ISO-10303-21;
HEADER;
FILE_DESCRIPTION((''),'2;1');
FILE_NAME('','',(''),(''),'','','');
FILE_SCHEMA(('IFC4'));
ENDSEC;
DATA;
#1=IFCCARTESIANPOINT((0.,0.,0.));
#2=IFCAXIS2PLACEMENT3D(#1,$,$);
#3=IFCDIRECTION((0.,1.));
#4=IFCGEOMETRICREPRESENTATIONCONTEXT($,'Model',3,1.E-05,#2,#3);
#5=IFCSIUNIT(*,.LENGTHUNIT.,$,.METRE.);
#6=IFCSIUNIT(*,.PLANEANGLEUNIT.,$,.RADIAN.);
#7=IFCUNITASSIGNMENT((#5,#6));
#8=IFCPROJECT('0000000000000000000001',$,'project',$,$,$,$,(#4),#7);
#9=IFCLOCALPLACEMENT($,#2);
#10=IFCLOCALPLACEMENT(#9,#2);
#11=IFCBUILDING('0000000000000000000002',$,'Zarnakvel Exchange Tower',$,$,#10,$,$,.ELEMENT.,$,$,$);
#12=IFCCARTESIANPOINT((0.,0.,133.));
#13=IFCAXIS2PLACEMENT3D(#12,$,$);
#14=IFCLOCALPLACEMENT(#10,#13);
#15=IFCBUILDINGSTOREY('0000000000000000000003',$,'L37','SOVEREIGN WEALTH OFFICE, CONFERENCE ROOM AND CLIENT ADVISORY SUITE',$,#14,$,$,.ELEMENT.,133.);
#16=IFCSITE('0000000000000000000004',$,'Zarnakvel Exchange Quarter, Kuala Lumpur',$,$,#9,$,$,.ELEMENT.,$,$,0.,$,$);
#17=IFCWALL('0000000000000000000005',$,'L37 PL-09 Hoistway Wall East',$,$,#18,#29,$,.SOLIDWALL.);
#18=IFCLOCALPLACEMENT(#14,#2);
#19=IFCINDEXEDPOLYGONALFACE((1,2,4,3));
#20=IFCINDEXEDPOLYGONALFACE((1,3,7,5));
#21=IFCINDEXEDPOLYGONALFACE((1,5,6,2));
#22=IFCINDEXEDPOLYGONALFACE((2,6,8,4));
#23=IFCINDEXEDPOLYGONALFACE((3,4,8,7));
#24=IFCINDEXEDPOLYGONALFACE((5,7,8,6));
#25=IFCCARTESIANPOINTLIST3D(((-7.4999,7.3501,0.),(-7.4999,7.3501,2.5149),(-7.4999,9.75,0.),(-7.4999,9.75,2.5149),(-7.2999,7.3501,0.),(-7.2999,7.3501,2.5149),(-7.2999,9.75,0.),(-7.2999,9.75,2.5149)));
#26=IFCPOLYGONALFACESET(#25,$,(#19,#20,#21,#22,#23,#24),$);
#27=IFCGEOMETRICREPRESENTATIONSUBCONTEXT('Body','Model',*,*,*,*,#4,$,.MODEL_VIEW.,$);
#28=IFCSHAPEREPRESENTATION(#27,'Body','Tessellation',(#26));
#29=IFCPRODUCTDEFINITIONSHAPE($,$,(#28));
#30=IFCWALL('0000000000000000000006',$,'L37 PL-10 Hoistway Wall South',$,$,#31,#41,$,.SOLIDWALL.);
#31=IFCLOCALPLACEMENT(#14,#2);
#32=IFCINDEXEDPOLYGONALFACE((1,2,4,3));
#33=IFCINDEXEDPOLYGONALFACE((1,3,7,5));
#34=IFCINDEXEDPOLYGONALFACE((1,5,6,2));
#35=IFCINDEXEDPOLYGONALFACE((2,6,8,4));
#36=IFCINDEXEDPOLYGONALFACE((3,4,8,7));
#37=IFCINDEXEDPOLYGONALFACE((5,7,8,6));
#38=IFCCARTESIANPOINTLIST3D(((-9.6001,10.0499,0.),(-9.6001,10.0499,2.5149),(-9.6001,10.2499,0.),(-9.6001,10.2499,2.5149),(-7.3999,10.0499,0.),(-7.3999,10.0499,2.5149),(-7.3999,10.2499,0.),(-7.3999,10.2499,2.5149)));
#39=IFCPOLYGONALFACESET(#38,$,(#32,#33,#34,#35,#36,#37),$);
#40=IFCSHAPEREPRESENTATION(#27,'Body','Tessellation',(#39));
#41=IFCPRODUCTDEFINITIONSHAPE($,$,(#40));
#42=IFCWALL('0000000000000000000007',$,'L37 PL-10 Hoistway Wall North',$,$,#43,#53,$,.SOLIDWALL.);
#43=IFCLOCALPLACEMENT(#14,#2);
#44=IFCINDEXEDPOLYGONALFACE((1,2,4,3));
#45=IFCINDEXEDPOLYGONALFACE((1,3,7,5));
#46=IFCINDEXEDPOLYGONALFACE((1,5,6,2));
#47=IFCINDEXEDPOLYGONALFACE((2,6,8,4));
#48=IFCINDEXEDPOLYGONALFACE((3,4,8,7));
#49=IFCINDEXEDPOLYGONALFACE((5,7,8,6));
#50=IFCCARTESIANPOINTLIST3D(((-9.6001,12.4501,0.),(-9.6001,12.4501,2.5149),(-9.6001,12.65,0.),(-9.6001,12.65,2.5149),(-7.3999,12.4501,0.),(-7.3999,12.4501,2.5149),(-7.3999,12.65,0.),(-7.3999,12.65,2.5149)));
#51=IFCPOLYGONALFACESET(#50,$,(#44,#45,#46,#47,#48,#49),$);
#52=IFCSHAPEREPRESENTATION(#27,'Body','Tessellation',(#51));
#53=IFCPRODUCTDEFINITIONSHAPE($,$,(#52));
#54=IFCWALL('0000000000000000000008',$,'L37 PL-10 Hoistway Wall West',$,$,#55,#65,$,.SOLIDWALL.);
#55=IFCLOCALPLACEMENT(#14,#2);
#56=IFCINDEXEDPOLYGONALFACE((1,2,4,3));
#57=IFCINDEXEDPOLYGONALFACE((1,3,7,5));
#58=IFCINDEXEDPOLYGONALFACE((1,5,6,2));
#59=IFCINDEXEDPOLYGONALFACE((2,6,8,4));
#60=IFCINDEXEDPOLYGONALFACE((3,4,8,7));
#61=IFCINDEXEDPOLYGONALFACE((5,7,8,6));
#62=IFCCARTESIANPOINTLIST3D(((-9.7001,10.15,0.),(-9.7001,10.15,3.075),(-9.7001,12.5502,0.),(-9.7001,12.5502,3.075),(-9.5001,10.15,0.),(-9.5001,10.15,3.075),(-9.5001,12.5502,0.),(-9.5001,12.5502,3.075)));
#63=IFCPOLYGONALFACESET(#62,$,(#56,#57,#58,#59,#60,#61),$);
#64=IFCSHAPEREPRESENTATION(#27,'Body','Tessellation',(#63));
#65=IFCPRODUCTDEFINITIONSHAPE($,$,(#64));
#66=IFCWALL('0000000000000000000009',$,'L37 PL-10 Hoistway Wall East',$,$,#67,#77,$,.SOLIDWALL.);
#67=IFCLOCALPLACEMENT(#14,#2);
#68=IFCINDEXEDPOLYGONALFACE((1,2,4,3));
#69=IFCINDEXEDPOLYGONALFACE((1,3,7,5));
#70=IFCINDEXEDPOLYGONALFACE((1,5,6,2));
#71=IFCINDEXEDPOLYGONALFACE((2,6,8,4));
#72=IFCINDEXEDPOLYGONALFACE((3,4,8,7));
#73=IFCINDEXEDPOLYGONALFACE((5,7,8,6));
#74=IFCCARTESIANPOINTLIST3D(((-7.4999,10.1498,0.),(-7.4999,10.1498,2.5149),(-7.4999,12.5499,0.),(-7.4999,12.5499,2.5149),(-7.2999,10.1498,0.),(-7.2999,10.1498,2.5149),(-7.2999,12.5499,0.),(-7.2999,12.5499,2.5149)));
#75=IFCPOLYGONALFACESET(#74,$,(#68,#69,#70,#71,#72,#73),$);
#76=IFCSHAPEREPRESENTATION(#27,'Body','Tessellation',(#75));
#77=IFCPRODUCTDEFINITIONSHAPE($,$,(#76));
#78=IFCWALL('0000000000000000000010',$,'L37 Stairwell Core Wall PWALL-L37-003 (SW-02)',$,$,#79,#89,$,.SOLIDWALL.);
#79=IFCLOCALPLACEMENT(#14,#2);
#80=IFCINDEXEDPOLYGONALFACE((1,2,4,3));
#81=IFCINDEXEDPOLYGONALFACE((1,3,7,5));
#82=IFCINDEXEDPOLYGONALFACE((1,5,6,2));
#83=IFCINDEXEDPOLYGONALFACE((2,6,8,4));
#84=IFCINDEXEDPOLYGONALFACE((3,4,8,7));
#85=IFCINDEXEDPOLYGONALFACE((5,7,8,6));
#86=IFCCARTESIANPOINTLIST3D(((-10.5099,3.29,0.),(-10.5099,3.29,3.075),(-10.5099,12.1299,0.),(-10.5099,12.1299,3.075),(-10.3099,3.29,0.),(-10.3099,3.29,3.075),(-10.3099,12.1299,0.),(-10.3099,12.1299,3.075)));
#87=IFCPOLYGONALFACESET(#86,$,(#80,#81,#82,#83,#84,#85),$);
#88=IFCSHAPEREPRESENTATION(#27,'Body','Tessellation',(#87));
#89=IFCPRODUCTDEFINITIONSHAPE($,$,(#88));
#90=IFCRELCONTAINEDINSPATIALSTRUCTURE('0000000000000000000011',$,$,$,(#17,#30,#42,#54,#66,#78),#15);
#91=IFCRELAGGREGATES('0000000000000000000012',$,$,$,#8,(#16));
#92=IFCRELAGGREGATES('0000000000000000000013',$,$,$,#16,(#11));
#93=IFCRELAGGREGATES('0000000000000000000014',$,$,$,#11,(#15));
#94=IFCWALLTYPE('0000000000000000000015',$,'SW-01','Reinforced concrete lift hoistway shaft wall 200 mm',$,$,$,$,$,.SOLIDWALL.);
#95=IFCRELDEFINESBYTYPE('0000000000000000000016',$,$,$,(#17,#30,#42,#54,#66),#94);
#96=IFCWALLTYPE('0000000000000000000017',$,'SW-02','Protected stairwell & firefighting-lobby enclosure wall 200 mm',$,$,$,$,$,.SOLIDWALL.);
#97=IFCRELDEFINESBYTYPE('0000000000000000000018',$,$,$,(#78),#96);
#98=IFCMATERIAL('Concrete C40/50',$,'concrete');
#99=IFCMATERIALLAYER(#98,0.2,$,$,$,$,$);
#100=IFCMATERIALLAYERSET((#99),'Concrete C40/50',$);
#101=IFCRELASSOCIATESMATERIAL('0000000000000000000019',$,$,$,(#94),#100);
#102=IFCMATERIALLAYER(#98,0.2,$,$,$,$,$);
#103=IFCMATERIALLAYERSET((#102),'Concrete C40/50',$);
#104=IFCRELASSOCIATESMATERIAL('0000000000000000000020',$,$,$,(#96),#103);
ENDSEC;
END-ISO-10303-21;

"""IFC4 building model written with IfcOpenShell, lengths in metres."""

from ifc_helpers import new_model, si_unit, direction, frame, frame_2d, origin, place, context, subcontext, project, spatial, rectangle, extrude, material, layer, layer_set, type_object, element, save


model = new_model("IFC4")

# Units and contexts
model_context = context("Model", 3, precision=1e-05, world=origin(), true_north=direction((0.0, 1.0)))
body_context = subcontext(model_context, "Body", "Model", "MODEL_VIEW")
ifc_project = project(units=[si_unit("LENGTHUNIT", "METRE"), si_unit("PLANEANGLEUNIT", "RADIAN")], contexts=[model_context])

# Site, building, storey
site_placement = place(None, origin())
site = spatial("IfcSite", under=ifc_project, at=site_placement, Name="Zarnakvel Exchange Quarter, Kuala Lumpur", CompositionType="ELEMENT", RefElevation=0.0)
building_placement = place(site_placement, origin())
building = spatial("IfcBuilding", under=site, at=building_placement, Name="Zarnakvel Exchange Tower", CompositionType="ELEMENT")
storey_placement = place(building_placement, frame((0.0, 0.0, 133.0)))
storey = spatial("IfcBuildingStorey", under=building, at=storey_placement, Name="L37", Description="SOVEREIGN WEALTH OFFICE, CONFERENCE ROOM AND CLIENT ADVISORY SUITE", CompositionType="ELEMENT", Elevation=133.0)

# Walls
ifc_material_1 = material(Name="Concrete C40/50", Category="concrete")
ifc_layer_1 = layer(ifc_material_1, 0.2)
ifc_layer_set_1 = layer_set([ifc_layer_1], Name="Concrete C40/50")
wall_type_1 = type_object("IfcWallType", Name="SW-01", Description="Reinforced concrete lift hoistway shaft wall 200 mm", PredefinedType="SOLIDWALL", material=ifc_layer_set_1)
wall_1_placement = place(storey_placement, frame((-7.3999, 9.75, 0.0), z_axis=(0.0, 0.0, 1.0), x_axis=(0.0, -1.0, 0.0)))
element("IfcWall", 1, at=wall_1_placement, inside=storey, type_object=wall_type_1, Name="L37 PL-09 Hoistway Wall East", PredefinedType="SOLIDWALL", context=body_context, shape_type="SweptSolid", body=[
    extrude(rectangle(XDim=2.3999, YDim=0.2, at=frame_2d((1.2, 0.0))), origin(), (0.0, 0.0, 1.0), 2.5149),
])
for number, where, z_axis, x_axis, name in (
    (2, (-7.3999, 10.1499, 0.0), (0.0, 0.0, 1.0), (-1.0, 0.0, 0.0), "L37 PL-10 Hoistway Wall South"),
    (3, (-9.6001, 12.55, 0.0), (0.0, 0.0, 1.0), (1.0, 0.0, 0.0), "L37 PL-10 Hoistway Wall North"),
):
    element("IfcWall", number, at=place(storey_placement, frame(where, z_axis=z_axis, x_axis=x_axis)), inside=storey, type_object=wall_type_1, Name=name, PredefinedType="SOLIDWALL", context=body_context, shape_type="SweptSolid", body=[
        extrude(rectangle(XDim=2.2002, YDim=0.2, at=frame_2d((1.1001, 0.0))), origin(), (0.0, 0.0, 1.0), 2.5149),
    ])
wall_2_placement = place(storey_placement, frame((-9.6001, 10.1499, 0.0), z_axis=(0.0, 0.0, 1.0), x_axis=(0.0, 1.0, 0.0)))
element("IfcWall", 4, at=wall_2_placement, inside=storey, type_object=wall_type_1, Name="L37 PL-10 Hoistway Wall West", PredefinedType="SOLIDWALL", context=body_context, shape_type="SweptSolid", body=[
    extrude(rectangle(XDim=2.4001, YDim=0.2, at=frame_2d((1.2002, 0.0))), origin(), (0.0, 0.0, 1.0), 3.075),
])
wall_3_placement = place(storey_placement, frame((-7.3999, 12.55, 0.0), z_axis=(0.0, 0.0, 1.0), x_axis=(0.0, -1.0, 0.0)))
element("IfcWall", 5, at=wall_3_placement, inside=storey, type_object=wall_type_1, Name="L37 PL-10 Hoistway Wall East", PredefinedType="SOLIDWALL", context=body_context, shape_type="SweptSolid", body=[
    extrude(rectangle(XDim=2.4001, YDim=0.2, at=frame_2d((1.2002, 0.0))), origin(), (0.0, 0.0, 1.0), 2.5149),
])
ifc_layer_2 = layer(ifc_material_1, 0.2)
ifc_layer_set_2 = layer_set([ifc_layer_2], Name="Concrete C40/50")
wall_type_2 = type_object("IfcWallType", Name="SW-02", Description="Protected stairwell & firefighting-lobby enclosure wall 200 mm", PredefinedType="SOLIDWALL", material=ifc_layer_set_2)
wall_4_placement = place(storey_placement, frame((-10.4099, 12.1299, 0.0), z_axis=(0.0, 0.0, 1.0), x_axis=(0.0, -1.0, 0.0)))
element("IfcWall", 6, at=wall_4_placement, inside=storey, type_object=wall_type_2, Name="L37 Stairwell Core Wall PWALL-L37-003 (SW-02)", PredefinedType="SOLIDWALL", context=body_context, shape_type="SweptSolid", body=[
    extrude(rectangle(XDim=8.8398, YDim=0.2, at=frame_2d((4.4199, 0.0))), origin(), (0.0, 0.0, 1.0), 3.075),
])

save(model, "model.ifc")
